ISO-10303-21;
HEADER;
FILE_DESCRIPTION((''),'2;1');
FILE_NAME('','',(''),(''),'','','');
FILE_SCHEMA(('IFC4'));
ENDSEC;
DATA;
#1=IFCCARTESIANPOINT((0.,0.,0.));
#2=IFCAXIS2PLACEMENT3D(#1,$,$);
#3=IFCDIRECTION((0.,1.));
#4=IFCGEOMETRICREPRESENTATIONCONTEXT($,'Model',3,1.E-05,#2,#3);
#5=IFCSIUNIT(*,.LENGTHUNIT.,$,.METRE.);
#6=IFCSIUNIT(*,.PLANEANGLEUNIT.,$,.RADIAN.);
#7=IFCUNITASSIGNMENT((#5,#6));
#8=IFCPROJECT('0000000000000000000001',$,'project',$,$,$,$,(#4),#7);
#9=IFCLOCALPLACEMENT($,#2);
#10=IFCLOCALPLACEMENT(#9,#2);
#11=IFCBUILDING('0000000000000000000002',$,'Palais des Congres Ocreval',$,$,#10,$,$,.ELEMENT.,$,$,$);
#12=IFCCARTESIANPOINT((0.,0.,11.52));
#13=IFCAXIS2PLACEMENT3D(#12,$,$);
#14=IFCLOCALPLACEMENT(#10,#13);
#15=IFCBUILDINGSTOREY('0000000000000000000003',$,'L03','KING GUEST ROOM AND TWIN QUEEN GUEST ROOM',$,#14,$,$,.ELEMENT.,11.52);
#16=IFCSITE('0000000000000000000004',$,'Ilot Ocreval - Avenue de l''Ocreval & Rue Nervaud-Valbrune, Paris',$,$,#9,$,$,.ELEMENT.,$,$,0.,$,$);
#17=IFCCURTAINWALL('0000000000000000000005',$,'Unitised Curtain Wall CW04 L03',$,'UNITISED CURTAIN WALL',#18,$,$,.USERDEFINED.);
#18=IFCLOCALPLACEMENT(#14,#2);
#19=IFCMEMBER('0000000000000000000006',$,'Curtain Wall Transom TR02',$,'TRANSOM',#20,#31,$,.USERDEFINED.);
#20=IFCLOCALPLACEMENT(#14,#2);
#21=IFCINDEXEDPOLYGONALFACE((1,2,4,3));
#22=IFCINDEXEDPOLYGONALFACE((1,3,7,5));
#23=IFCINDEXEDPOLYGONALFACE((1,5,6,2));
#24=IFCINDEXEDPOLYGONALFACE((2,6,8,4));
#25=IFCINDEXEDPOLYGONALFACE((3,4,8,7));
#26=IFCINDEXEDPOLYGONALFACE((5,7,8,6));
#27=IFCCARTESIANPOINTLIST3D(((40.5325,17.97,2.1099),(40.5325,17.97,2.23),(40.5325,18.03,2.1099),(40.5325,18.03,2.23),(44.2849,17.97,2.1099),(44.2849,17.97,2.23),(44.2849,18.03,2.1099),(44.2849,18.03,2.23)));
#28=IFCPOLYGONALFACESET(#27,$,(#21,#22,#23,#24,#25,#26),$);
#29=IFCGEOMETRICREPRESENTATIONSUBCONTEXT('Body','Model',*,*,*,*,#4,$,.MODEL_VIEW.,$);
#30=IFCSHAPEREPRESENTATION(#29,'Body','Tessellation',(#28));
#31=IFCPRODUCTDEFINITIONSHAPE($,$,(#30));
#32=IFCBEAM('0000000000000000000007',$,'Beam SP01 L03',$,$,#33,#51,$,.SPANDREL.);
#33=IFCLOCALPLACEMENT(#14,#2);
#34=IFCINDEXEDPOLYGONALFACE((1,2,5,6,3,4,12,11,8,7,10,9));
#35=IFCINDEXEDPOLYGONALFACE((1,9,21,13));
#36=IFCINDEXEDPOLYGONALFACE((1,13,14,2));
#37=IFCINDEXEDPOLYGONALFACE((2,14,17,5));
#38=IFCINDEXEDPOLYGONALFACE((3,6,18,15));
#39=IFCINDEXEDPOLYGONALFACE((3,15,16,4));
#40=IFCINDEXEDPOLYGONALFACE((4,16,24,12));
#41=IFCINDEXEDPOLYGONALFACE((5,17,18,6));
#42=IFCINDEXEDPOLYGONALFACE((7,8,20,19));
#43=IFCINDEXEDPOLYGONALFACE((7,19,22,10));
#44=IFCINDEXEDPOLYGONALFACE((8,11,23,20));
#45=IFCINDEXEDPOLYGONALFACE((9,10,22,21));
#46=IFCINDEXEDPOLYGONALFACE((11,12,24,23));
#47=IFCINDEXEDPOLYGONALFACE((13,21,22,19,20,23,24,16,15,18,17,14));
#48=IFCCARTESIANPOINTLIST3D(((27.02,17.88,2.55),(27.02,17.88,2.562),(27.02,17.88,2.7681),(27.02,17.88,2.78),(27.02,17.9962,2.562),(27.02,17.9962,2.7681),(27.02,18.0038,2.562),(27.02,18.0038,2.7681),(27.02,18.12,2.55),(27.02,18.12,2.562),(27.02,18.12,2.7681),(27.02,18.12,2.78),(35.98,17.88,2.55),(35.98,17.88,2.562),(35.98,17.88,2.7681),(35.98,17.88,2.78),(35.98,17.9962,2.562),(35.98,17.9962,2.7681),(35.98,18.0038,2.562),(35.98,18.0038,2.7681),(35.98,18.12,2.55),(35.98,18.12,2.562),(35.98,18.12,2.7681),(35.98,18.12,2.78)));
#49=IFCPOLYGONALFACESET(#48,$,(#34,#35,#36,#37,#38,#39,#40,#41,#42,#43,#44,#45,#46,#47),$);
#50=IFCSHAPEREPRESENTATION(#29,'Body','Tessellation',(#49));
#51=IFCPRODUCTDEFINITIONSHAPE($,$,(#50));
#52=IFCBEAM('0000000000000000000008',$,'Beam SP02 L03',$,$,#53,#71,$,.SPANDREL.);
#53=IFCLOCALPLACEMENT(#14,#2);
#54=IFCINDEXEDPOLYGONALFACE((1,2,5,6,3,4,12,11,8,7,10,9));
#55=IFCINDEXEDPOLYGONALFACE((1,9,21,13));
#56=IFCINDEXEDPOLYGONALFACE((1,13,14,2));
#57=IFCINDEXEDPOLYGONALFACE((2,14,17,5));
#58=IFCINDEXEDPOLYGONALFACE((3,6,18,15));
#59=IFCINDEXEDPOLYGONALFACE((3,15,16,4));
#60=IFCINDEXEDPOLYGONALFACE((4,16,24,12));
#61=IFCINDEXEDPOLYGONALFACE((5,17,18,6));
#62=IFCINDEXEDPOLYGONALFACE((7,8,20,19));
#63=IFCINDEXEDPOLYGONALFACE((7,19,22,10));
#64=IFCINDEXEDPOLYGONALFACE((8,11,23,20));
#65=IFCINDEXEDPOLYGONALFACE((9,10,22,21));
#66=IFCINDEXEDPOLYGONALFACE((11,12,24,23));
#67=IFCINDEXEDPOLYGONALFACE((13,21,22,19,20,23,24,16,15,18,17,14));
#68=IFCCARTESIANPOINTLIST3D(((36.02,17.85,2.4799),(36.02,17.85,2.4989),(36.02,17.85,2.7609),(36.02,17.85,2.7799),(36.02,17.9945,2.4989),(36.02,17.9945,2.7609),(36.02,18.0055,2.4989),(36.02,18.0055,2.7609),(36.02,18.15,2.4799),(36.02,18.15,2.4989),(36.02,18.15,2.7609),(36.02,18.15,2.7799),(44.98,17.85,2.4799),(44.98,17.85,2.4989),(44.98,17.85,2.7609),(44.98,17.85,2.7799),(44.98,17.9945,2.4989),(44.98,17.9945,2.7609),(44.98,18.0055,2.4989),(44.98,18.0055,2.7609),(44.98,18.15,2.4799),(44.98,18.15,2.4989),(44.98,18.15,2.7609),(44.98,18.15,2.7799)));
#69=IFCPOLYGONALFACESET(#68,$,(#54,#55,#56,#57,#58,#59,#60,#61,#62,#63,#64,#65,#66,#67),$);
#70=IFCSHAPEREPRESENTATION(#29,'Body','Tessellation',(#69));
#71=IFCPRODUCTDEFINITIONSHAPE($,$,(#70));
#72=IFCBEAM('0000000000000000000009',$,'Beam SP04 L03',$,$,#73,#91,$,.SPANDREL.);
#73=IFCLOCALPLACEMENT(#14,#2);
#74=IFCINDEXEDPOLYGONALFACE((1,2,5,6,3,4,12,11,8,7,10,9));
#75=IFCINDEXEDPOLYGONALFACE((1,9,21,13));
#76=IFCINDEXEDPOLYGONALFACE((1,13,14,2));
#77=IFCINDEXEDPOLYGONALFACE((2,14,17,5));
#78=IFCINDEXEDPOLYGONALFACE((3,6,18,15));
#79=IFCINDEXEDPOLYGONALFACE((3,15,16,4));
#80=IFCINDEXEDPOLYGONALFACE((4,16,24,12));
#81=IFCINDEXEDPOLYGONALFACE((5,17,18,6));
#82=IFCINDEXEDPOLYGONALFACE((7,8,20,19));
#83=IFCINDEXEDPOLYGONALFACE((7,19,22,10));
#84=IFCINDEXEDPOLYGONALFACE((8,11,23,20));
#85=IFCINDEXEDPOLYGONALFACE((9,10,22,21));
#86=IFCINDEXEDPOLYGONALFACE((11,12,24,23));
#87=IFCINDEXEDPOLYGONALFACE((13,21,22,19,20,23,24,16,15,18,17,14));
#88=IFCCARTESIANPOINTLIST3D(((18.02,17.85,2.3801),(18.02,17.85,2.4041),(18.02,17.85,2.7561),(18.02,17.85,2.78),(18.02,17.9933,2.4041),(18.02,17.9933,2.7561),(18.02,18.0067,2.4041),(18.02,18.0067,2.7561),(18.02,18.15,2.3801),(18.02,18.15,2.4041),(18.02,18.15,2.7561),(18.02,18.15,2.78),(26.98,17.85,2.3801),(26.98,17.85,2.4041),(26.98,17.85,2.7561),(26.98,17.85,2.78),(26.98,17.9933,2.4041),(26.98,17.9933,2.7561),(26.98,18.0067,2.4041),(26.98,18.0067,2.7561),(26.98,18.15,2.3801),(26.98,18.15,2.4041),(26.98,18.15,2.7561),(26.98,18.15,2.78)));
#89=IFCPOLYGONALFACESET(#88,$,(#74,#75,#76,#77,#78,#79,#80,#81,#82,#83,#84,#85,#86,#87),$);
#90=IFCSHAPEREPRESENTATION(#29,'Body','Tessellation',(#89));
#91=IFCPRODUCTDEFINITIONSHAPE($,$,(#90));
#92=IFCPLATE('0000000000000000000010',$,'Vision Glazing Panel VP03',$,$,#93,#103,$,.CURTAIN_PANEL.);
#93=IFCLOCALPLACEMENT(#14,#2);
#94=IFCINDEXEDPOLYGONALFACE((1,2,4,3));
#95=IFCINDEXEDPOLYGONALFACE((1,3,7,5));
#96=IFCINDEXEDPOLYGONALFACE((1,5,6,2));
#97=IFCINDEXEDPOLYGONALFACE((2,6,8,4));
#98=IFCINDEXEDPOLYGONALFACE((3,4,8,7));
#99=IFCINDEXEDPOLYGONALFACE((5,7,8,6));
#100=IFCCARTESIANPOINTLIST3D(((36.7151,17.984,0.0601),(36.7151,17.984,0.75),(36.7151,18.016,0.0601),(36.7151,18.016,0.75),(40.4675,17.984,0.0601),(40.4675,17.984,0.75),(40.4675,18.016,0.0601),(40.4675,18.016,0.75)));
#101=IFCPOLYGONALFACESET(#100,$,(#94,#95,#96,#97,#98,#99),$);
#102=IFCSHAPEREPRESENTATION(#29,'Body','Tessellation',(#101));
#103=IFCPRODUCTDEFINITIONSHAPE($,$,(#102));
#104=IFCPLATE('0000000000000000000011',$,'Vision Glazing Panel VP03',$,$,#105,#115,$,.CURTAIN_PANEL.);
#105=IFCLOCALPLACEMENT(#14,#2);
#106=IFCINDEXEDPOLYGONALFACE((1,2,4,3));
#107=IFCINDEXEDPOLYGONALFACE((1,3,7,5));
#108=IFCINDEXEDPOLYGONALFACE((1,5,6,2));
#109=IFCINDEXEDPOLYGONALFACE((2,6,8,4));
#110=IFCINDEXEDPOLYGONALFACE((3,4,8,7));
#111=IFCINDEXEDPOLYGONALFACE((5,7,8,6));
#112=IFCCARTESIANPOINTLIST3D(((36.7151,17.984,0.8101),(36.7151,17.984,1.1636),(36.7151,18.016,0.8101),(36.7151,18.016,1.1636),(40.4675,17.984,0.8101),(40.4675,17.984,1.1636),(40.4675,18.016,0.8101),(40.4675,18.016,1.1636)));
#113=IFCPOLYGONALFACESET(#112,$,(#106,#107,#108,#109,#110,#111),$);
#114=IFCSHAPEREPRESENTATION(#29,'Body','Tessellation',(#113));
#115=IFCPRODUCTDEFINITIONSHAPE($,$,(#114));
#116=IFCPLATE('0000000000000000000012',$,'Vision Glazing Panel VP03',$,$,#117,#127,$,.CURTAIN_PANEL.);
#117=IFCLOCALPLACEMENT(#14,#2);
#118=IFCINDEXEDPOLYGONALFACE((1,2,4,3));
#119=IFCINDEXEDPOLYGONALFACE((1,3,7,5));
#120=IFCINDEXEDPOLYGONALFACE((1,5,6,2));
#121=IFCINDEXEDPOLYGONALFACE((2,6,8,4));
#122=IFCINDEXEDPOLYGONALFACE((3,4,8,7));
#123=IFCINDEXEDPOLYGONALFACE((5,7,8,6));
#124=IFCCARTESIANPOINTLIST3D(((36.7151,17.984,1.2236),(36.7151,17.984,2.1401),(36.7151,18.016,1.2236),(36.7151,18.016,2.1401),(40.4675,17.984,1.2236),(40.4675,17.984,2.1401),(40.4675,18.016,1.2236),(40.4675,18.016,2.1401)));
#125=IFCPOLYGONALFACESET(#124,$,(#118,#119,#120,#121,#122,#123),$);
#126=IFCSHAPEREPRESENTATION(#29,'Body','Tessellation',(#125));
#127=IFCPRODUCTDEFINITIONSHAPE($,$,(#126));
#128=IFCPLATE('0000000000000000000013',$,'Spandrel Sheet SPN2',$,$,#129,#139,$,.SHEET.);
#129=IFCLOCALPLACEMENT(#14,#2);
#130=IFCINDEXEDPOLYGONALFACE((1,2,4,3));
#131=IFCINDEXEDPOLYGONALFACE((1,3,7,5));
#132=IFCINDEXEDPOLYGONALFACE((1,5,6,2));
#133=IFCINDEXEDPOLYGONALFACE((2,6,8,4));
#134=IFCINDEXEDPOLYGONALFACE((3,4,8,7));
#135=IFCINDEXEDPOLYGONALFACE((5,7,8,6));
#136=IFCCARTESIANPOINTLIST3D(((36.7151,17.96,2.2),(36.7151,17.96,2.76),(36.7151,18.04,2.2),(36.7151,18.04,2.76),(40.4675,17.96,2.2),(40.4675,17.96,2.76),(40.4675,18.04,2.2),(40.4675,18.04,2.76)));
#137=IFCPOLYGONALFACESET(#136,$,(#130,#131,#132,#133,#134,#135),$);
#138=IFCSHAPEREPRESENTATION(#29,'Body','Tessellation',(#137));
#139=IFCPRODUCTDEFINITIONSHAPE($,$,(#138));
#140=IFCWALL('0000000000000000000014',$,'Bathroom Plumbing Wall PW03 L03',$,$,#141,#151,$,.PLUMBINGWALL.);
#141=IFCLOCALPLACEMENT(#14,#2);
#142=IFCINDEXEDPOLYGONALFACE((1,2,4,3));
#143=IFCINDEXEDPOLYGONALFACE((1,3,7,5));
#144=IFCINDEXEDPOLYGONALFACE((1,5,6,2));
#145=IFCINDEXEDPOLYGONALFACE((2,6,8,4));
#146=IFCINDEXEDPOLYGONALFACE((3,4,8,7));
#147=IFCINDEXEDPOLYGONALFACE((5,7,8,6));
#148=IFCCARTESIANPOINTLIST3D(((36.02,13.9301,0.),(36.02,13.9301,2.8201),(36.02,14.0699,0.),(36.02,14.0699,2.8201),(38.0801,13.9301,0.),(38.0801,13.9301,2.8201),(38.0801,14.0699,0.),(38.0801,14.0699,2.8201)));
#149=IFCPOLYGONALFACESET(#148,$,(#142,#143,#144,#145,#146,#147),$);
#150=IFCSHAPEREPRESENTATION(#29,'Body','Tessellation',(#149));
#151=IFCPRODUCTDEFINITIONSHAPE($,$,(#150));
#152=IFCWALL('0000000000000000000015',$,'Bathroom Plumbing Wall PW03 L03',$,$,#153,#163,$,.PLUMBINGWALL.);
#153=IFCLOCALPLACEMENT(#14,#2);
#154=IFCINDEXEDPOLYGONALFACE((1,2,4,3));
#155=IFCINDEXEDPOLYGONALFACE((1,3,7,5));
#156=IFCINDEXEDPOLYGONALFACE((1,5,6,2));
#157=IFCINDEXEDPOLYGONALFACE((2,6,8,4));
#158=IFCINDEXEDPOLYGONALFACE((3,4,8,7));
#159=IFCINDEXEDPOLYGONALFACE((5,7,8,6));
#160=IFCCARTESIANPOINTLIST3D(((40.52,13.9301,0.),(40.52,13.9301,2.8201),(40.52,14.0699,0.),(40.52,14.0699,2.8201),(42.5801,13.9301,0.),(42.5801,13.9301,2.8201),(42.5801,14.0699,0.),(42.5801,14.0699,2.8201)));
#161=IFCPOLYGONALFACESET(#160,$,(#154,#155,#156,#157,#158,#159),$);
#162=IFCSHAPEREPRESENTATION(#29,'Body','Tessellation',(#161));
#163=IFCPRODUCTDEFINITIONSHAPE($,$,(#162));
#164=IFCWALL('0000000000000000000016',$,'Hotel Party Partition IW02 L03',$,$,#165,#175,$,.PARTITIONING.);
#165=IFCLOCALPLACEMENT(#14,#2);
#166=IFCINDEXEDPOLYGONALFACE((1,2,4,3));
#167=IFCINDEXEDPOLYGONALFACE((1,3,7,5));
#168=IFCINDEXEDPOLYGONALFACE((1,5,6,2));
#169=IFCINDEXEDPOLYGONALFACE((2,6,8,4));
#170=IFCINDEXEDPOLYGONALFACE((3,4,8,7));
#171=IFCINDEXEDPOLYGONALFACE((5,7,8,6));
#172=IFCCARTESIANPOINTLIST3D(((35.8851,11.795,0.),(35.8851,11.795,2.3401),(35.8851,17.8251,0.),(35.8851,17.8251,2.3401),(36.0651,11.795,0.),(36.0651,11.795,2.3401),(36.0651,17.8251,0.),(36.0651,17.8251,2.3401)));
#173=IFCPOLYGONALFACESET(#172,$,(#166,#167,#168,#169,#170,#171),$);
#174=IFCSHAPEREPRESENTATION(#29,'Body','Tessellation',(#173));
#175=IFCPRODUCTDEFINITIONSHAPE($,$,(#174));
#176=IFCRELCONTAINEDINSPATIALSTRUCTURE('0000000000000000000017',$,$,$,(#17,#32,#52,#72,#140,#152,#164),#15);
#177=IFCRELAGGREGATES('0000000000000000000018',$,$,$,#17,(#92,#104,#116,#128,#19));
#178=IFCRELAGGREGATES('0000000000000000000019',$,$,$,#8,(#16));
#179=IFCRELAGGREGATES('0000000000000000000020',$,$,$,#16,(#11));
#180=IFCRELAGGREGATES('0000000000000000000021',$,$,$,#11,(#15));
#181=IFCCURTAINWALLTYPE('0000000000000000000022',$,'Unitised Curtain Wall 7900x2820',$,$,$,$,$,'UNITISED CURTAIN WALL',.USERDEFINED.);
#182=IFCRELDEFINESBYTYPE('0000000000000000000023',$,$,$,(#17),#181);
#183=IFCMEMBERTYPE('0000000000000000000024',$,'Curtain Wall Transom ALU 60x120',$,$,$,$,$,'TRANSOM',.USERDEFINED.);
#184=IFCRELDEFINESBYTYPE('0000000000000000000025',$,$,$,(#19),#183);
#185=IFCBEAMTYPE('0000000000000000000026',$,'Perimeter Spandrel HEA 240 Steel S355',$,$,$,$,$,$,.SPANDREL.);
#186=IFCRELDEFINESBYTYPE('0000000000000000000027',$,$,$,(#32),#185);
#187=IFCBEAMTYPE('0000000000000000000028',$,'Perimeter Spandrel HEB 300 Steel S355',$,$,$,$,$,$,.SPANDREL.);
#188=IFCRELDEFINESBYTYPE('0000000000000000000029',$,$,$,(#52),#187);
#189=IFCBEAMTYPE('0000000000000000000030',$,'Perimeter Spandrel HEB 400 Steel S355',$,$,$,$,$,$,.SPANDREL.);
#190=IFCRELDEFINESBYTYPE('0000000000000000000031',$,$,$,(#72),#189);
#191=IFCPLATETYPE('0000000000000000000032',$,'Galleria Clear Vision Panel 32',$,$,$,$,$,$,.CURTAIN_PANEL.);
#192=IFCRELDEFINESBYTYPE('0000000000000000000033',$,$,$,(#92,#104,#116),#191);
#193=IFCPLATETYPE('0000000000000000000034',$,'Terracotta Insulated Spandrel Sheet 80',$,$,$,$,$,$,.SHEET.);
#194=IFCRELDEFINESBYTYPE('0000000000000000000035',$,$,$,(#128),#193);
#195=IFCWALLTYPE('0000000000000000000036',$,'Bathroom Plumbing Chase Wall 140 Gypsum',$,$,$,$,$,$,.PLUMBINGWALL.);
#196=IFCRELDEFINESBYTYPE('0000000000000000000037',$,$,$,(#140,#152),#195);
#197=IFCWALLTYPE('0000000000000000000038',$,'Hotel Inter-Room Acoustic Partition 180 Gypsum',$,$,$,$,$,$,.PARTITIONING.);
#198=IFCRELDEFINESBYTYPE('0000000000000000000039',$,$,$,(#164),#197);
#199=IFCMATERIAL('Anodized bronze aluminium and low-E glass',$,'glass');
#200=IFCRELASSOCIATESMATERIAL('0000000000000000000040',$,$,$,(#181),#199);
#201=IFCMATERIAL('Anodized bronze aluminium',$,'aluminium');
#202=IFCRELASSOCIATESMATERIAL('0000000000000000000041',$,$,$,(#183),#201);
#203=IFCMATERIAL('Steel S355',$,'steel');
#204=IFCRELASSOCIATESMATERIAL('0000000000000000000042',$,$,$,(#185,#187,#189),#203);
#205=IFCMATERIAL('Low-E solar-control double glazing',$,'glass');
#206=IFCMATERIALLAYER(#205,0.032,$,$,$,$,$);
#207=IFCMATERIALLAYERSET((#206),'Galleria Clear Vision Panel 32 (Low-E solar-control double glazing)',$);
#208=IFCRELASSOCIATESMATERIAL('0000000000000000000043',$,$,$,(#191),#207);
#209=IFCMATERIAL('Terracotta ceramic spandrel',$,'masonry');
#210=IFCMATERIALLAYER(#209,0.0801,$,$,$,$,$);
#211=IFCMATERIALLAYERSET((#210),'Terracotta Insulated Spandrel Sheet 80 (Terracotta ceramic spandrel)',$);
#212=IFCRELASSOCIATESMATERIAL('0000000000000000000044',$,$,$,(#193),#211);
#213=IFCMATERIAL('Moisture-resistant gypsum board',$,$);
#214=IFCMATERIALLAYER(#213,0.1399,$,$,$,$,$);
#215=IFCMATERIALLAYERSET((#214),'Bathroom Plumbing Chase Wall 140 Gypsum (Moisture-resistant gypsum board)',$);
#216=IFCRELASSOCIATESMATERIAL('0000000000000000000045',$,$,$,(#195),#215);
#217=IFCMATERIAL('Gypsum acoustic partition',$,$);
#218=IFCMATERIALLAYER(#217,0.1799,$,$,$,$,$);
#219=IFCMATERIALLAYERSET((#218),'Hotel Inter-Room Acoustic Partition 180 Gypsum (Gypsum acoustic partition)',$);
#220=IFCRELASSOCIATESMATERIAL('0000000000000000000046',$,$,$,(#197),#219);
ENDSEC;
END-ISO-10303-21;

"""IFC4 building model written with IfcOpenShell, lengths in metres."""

from ifc_helpers import new_model, si_unit, direction, frame, frame_2d, origin, origin_2d, place, context, subcontext, project, spatial, rectangle, i_section, extrude, material, layer, layer_set, material_profile, profile_set, type_object, element, aggregate, save


model = new_model("IFC4")

# Units and contexts
model_context = context("Model", 3, precision=1e-05, world=origin(), true_north=direction((0.0, 1.0)))
body_context = subcontext(model_context, "Body", "Model", "MODEL_VIEW")
ifc_project = project(units=[si_unit("LENGTHUNIT", "METRE"), si_unit("PLANEANGLEUNIT", "RADIAN")], contexts=[model_context])

# Site, building, storey
site_placement = place(None, origin())
site = spatial("IfcSite", under=ifc_project, at=site_placement, Name="Ilot Ocreval - Avenue de l'Ocreval & Rue Nervaud-Valbrune, Paris", CompositionType="ELEMENT", RefElevation=0.0)
building_placement = place(site_placement, origin())
building = spatial("IfcBuilding", under=site, at=building_placement, Name="Palais des Congres Ocreval", CompositionType="ELEMENT")
storey_placement = place(building_placement, frame((0.0, 0.0, 11.52)))
storey = spatial("IfcBuildingStorey", under=building, at=storey_placement, Name="L03", Description="KING GUEST ROOM AND TWIN QUEEN GUEST ROOM", CompositionType="ELEMENT", Elevation=11.52)

# Curtain wall, member
ifc_material_1 = material(Name="Anodized bronze aluminium and low-E glass", Category="glass")
curtain_wall_type = type_object("IfcCurtainWallType", Name="Unitised Curtain Wall 7900x2820", ElementType="UNITISED CURTAIN WALL", PredefinedType="USERDEFINED", material=ifc_material_1)
curtain_wall_placement = place(storey_placement, origin())
curtain_wall = element("IfcCurtainWall", 1, at=curtain_wall_placement, inside=storey, type_object=curtain_wall_type, Name="Unitised Curtain Wall CW04 L03", ObjectType="UNITISED CURTAIN WALL", PredefinedType="USERDEFINED")
ifc_material_2 = material(Name="Anodized bronze aluminium", Category="aluminium")
ifc_material_profile_1 = material_profile(ifc_material_2, rectangle(XDim=0.0601, YDim=0.1201, at=origin_2d()), Name="ALU 60x120")
ifc_profile_set_1 = profile_set([ifc_material_profile_1], Name="Anodized bronze aluminium")
member_type_1 = type_object("IfcMemberType", Name="Curtain Wall Transom ALU 60x120", ElementType="TRANSOM", PredefinedType="USERDEFINED", material=ifc_profile_set_1)
member_1_placement = place(storey_placement, frame((40.5325, 18.0, 2.1699), z_axis=(1.0, 0.0, 0.0), x_axis=(0.0, 1.0, 0.0)))
member_1 = element("IfcMember", 2, at=member_1_placement, type_object=member_type_1, Name="Curtain Wall Transom TR02", ObjectType="TRANSOM", PredefinedType="USERDEFINED", context=body_context, shape_type="SweptSolid", body=[
    extrude(rectangle(XDim=0.0601, YDim=0.1201, at=origin_2d()), origin(), (0.0, 0.0, 1.0), 3.7524),
])

# Beams
ifc_material_3 = material(Name="Steel S355", Category="steel")
ifc_material_profile_2 = material_profile(ifc_material_3, i_section(OverallWidth=0.24, OverallDepth=0.23, WebThickness=0.0076, FlangeThickness=0.012, at=origin_2d()), Name="HEA 240")
ifc_profile_set_2 = profile_set([ifc_material_profile_2], Name="Steel S355")
beam_type_1 = type_object("IfcBeamType", Name="Perimeter Spandrel HEA 240 Steel S355", PredefinedType="SPANDREL", material=ifc_profile_set_2)
beam_1_placement = place(storey_placement, frame((27.02, 18.0, 2.665), z_axis=(1.0, 0.0, 0.0), x_axis=(0.0, 1.0, 0.0)))
element("IfcBeam", 3, at=beam_1_placement, inside=storey, type_object=beam_type_1, Name="Beam SP01 L03", PredefinedType="SPANDREL", context=body_context, shape_type="SweptSolid", body=[
    extrude(i_section(OverallWidth=0.24, OverallDepth=0.23, WebThickness=0.0076, FlangeThickness=0.012, at=origin_2d()), origin(), (0.0, 0.0, 1.0), 8.96),
])
ifc_material_profile_3 = material_profile(ifc_material_3, i_section(OverallWidth=0.3, OverallDepth=0.3, WebThickness=0.011, FlangeThickness=0.019, at=origin_2d()), Name="HEB 300")
ifc_profile_set_3 = profile_set([ifc_material_profile_3], Name="Steel S355")
beam_type_2 = type_object("IfcBeamType", Name="Perimeter Spandrel HEB 300 Steel S355", PredefinedType="SPANDREL", material=ifc_profile_set_3)
beam_2_placement = place(storey_placement, frame((36.02, 18.0, 2.6299), z_axis=(1.0, 0.0, 0.0), x_axis=(0.0, 1.0, 0.0)))
element("IfcBeam", 4, at=beam_2_placement, inside=storey, type_object=beam_type_2, Name="Beam SP02 L03", PredefinedType="SPANDREL", context=body_context, shape_type="SweptSolid", body=[
    extrude(i_section(OverallWidth=0.3, OverallDepth=0.3, WebThickness=0.011, FlangeThickness=0.019, at=origin_2d()), origin(), (0.0, 0.0, 1.0), 8.96),
])
ifc_material_profile_4 = material_profile(ifc_material_3, i_section(OverallWidth=0.3, OverallDepth=0.3999, WebThickness=0.0134, FlangeThickness=0.0239, at=origin_2d()), Name="HEB 400")
ifc_profile_set_4 = profile_set([ifc_material_profile_4], Name="Steel S355")
beam_type_3 = type_object("IfcBeamType", Name="Perimeter Spandrel HEB 400 Steel S355", PredefinedType="SPANDREL", material=ifc_profile_set_4)
beam_3_placement = place(storey_placement, frame((18.02, 18.0, 2.5801), z_axis=(1.0, 0.0, 0.0), x_axis=(0.0, 1.0, 0.0)))
element("IfcBeam", 5, at=beam_3_placement, inside=storey, type_object=beam_type_3, Name="Beam SP04 L03", PredefinedType="SPANDREL", context=body_context, shape_type="SweptSolid", body=[
    extrude(i_section(OverallWidth=0.3, OverallDepth=0.3999, WebThickness=0.0134, FlangeThickness=0.0239, at=origin_2d()), origin(), (0.0, 0.0, 1.0), 8.96),
])

# Plates
ifc_material_4 = material(Name="Low-E solar-control double glazing", Category="glass")
ifc_layer_1 = layer(ifc_material_4, 0.032)
ifc_layer_set_1 = layer_set([ifc_layer_1], Name="Galleria Clear Vision Panel 32 (Low-E solar-control double glazing)")
plate_type_1 = type_object("IfcPlateType", Name="Galleria Clear Vision Panel 32", PredefinedType="CURTAIN_PANEL", material=ifc_layer_set_1)
plate_1_placement = place(storey_placement, frame((38.5913, 18.0, 0.0601), z_axis=(0.0, 0.0, 1.0), x_axis=(1.0, 0.0, 0.0)))
plate_1 = element("IfcPlate", 6, at=plate_1_placement, type_object=plate_type_1, Name="Vision Glazing Panel VP03", PredefinedType="CURTAIN_PANEL", context=body_context, shape_type="SweptSolid", body=[
    extrude(rectangle(XDim=3.7524, YDim=0.032, at=origin_2d()), origin(), (0.0, 0.0, 1.0), 0.6899),
])
plate_2_placement = place(storey_placement, frame((38.5913, 18.0, 0.8101), z_axis=(0.0, 0.0, 1.0), x_axis=(1.0, 0.0, 0.0)))
plate_2 = element("IfcPlate", 7, at=plate_2_placement, type_object=plate_type_1, Name="Vision Glazing Panel VP03", PredefinedType="CURTAIN_PANEL", context=body_context, shape_type="SweptSolid", body=[
    extrude(rectangle(XDim=3.7524, YDim=0.032, at=origin_2d()), origin(), (0.0, 0.0, 1.0), 0.3535),
])
plate_3_placement = place(storey_placement, frame((38.5913, 18.0, 1.2236), z_axis=(0.0, 0.0, 1.0), x_axis=(1.0, 0.0, 0.0)))
plate_3 = element("IfcPlate", 8, at=plate_3_placement, type_object=plate_type_1, Name="Vision Glazing Panel VP03", PredefinedType="CURTAIN_PANEL", context=body_context, shape_type="SweptSolid", body=[
    extrude(rectangle(XDim=3.7524, YDim=0.032, at=origin_2d()), origin(), (0.0, 0.0, 1.0), 0.9165),
])
ifc_material_5 = material(Name="Terracotta ceramic spandrel", Category="masonry")
ifc_layer_2 = layer(ifc_material_5, 0.0801)
ifc_layer_set_2 = layer_set([ifc_layer_2], Name="Terracotta Insulated Spandrel Sheet 80 (Terracotta ceramic spandrel)")
plate_type_2 = type_object("IfcPlateType", Name="Terracotta Insulated Spandrel Sheet 80", PredefinedType="SHEET", material=ifc_layer_set_2)
plate_4_placement = place(storey_placement, frame((38.5913, 18.0, 2.2), z_axis=(0.0, 0.0, 1.0), x_axis=(1.0, 0.0, 0.0)))
plate_4 = element("IfcPlate", 9, at=plate_4_placement, type_object=plate_type_2, Name="Spandrel Sheet SPN2", PredefinedType="SHEET", context=body_context, shape_type="SweptSolid", body=[
    extrude(rectangle(XDim=3.7524, YDim=0.0801, at=origin_2d()), origin(), (0.0, 0.0, 1.0), 0.5601),
])
aggregate(curtain_wall, [plate_1, plate_2, plate_3, plate_4, member_1])

# Walls
ifc_material_6 = material(Name="Moisture-resistant gypsum board")
ifc_layer_3 = layer(ifc_material_6, 0.1399)
ifc_layer_set_3 = layer_set([ifc_layer_3], Name="Bathroom Plumbing Chase Wall 140 Gypsum (Moisture-resistant gypsum board)")
wall_type_1 = type_object("IfcWallType", Name="Bathroom Plumbing Chase Wall 140 Gypsum", PredefinedType="PLUMBINGWALL", material=ifc_layer_set_3)
for number, where, z_axis, x_axis, name in (
    (10, (36.02, 14.0, 0.0), (0.0, 0.0, 1.0), (1.0, 0.0, 0.0), "Bathroom Plumbing Wall PW03 L03"),
    (11, (40.52, 14.0, 0.0), (0.0, 0.0, 1.0), (1.0, 0.0, 0.0), "Bathroom Plumbing Wall PW03 L03"),
):
    element("IfcWall", number, at=place(storey_placement, frame(where, z_axis=z_axis, x_axis=x_axis)), inside=storey, type_object=wall_type_1, Name=name, PredefinedType="PLUMBINGWALL", context=body_context, shape_type="SweptSolid", body=[
        extrude(rectangle(XDim=2.0601, YDim=0.1399, at=frame_2d((1.03, 0.0))), origin(), (0.0, 0.0, 1.0), 2.8201),
    ])
ifc_material_7 = material(Name="Gypsum acoustic partition")
ifc_layer_4 = layer(ifc_material_7, 0.1799)
ifc_layer_set_4 = layer_set([ifc_layer_4], Name="Hotel Inter-Room Acoustic Partition 180 Gypsum (Gypsum acoustic partition)")
wall_type_2 = type_object("IfcWallType", Name="Hotel Inter-Room Acoustic Partition 180 Gypsum", PredefinedType="PARTITIONING", material=ifc_layer_set_4)
wall_1_placement = place(storey_placement, frame((35.9751, 11.7949, 0.0), z_axis=(0.0, 0.0, 1.0), x_axis=(0.0, 1.0, 0.0)))
element("IfcWall", 12, at=wall_1_placement, inside=storey, type_object=wall_type_2, Name="Hotel Party Partition IW02 L03", PredefinedType="PARTITIONING", context=body_context, shape_type="SweptSolid", body=[
    extrude(rectangle(XDim=6.03, YDim=0.1799, at=frame_2d((3.0151, 0.0))), origin(), (0.0, 0.0, 1.0), 2.3401),
])

save(model, "model.ifc")
